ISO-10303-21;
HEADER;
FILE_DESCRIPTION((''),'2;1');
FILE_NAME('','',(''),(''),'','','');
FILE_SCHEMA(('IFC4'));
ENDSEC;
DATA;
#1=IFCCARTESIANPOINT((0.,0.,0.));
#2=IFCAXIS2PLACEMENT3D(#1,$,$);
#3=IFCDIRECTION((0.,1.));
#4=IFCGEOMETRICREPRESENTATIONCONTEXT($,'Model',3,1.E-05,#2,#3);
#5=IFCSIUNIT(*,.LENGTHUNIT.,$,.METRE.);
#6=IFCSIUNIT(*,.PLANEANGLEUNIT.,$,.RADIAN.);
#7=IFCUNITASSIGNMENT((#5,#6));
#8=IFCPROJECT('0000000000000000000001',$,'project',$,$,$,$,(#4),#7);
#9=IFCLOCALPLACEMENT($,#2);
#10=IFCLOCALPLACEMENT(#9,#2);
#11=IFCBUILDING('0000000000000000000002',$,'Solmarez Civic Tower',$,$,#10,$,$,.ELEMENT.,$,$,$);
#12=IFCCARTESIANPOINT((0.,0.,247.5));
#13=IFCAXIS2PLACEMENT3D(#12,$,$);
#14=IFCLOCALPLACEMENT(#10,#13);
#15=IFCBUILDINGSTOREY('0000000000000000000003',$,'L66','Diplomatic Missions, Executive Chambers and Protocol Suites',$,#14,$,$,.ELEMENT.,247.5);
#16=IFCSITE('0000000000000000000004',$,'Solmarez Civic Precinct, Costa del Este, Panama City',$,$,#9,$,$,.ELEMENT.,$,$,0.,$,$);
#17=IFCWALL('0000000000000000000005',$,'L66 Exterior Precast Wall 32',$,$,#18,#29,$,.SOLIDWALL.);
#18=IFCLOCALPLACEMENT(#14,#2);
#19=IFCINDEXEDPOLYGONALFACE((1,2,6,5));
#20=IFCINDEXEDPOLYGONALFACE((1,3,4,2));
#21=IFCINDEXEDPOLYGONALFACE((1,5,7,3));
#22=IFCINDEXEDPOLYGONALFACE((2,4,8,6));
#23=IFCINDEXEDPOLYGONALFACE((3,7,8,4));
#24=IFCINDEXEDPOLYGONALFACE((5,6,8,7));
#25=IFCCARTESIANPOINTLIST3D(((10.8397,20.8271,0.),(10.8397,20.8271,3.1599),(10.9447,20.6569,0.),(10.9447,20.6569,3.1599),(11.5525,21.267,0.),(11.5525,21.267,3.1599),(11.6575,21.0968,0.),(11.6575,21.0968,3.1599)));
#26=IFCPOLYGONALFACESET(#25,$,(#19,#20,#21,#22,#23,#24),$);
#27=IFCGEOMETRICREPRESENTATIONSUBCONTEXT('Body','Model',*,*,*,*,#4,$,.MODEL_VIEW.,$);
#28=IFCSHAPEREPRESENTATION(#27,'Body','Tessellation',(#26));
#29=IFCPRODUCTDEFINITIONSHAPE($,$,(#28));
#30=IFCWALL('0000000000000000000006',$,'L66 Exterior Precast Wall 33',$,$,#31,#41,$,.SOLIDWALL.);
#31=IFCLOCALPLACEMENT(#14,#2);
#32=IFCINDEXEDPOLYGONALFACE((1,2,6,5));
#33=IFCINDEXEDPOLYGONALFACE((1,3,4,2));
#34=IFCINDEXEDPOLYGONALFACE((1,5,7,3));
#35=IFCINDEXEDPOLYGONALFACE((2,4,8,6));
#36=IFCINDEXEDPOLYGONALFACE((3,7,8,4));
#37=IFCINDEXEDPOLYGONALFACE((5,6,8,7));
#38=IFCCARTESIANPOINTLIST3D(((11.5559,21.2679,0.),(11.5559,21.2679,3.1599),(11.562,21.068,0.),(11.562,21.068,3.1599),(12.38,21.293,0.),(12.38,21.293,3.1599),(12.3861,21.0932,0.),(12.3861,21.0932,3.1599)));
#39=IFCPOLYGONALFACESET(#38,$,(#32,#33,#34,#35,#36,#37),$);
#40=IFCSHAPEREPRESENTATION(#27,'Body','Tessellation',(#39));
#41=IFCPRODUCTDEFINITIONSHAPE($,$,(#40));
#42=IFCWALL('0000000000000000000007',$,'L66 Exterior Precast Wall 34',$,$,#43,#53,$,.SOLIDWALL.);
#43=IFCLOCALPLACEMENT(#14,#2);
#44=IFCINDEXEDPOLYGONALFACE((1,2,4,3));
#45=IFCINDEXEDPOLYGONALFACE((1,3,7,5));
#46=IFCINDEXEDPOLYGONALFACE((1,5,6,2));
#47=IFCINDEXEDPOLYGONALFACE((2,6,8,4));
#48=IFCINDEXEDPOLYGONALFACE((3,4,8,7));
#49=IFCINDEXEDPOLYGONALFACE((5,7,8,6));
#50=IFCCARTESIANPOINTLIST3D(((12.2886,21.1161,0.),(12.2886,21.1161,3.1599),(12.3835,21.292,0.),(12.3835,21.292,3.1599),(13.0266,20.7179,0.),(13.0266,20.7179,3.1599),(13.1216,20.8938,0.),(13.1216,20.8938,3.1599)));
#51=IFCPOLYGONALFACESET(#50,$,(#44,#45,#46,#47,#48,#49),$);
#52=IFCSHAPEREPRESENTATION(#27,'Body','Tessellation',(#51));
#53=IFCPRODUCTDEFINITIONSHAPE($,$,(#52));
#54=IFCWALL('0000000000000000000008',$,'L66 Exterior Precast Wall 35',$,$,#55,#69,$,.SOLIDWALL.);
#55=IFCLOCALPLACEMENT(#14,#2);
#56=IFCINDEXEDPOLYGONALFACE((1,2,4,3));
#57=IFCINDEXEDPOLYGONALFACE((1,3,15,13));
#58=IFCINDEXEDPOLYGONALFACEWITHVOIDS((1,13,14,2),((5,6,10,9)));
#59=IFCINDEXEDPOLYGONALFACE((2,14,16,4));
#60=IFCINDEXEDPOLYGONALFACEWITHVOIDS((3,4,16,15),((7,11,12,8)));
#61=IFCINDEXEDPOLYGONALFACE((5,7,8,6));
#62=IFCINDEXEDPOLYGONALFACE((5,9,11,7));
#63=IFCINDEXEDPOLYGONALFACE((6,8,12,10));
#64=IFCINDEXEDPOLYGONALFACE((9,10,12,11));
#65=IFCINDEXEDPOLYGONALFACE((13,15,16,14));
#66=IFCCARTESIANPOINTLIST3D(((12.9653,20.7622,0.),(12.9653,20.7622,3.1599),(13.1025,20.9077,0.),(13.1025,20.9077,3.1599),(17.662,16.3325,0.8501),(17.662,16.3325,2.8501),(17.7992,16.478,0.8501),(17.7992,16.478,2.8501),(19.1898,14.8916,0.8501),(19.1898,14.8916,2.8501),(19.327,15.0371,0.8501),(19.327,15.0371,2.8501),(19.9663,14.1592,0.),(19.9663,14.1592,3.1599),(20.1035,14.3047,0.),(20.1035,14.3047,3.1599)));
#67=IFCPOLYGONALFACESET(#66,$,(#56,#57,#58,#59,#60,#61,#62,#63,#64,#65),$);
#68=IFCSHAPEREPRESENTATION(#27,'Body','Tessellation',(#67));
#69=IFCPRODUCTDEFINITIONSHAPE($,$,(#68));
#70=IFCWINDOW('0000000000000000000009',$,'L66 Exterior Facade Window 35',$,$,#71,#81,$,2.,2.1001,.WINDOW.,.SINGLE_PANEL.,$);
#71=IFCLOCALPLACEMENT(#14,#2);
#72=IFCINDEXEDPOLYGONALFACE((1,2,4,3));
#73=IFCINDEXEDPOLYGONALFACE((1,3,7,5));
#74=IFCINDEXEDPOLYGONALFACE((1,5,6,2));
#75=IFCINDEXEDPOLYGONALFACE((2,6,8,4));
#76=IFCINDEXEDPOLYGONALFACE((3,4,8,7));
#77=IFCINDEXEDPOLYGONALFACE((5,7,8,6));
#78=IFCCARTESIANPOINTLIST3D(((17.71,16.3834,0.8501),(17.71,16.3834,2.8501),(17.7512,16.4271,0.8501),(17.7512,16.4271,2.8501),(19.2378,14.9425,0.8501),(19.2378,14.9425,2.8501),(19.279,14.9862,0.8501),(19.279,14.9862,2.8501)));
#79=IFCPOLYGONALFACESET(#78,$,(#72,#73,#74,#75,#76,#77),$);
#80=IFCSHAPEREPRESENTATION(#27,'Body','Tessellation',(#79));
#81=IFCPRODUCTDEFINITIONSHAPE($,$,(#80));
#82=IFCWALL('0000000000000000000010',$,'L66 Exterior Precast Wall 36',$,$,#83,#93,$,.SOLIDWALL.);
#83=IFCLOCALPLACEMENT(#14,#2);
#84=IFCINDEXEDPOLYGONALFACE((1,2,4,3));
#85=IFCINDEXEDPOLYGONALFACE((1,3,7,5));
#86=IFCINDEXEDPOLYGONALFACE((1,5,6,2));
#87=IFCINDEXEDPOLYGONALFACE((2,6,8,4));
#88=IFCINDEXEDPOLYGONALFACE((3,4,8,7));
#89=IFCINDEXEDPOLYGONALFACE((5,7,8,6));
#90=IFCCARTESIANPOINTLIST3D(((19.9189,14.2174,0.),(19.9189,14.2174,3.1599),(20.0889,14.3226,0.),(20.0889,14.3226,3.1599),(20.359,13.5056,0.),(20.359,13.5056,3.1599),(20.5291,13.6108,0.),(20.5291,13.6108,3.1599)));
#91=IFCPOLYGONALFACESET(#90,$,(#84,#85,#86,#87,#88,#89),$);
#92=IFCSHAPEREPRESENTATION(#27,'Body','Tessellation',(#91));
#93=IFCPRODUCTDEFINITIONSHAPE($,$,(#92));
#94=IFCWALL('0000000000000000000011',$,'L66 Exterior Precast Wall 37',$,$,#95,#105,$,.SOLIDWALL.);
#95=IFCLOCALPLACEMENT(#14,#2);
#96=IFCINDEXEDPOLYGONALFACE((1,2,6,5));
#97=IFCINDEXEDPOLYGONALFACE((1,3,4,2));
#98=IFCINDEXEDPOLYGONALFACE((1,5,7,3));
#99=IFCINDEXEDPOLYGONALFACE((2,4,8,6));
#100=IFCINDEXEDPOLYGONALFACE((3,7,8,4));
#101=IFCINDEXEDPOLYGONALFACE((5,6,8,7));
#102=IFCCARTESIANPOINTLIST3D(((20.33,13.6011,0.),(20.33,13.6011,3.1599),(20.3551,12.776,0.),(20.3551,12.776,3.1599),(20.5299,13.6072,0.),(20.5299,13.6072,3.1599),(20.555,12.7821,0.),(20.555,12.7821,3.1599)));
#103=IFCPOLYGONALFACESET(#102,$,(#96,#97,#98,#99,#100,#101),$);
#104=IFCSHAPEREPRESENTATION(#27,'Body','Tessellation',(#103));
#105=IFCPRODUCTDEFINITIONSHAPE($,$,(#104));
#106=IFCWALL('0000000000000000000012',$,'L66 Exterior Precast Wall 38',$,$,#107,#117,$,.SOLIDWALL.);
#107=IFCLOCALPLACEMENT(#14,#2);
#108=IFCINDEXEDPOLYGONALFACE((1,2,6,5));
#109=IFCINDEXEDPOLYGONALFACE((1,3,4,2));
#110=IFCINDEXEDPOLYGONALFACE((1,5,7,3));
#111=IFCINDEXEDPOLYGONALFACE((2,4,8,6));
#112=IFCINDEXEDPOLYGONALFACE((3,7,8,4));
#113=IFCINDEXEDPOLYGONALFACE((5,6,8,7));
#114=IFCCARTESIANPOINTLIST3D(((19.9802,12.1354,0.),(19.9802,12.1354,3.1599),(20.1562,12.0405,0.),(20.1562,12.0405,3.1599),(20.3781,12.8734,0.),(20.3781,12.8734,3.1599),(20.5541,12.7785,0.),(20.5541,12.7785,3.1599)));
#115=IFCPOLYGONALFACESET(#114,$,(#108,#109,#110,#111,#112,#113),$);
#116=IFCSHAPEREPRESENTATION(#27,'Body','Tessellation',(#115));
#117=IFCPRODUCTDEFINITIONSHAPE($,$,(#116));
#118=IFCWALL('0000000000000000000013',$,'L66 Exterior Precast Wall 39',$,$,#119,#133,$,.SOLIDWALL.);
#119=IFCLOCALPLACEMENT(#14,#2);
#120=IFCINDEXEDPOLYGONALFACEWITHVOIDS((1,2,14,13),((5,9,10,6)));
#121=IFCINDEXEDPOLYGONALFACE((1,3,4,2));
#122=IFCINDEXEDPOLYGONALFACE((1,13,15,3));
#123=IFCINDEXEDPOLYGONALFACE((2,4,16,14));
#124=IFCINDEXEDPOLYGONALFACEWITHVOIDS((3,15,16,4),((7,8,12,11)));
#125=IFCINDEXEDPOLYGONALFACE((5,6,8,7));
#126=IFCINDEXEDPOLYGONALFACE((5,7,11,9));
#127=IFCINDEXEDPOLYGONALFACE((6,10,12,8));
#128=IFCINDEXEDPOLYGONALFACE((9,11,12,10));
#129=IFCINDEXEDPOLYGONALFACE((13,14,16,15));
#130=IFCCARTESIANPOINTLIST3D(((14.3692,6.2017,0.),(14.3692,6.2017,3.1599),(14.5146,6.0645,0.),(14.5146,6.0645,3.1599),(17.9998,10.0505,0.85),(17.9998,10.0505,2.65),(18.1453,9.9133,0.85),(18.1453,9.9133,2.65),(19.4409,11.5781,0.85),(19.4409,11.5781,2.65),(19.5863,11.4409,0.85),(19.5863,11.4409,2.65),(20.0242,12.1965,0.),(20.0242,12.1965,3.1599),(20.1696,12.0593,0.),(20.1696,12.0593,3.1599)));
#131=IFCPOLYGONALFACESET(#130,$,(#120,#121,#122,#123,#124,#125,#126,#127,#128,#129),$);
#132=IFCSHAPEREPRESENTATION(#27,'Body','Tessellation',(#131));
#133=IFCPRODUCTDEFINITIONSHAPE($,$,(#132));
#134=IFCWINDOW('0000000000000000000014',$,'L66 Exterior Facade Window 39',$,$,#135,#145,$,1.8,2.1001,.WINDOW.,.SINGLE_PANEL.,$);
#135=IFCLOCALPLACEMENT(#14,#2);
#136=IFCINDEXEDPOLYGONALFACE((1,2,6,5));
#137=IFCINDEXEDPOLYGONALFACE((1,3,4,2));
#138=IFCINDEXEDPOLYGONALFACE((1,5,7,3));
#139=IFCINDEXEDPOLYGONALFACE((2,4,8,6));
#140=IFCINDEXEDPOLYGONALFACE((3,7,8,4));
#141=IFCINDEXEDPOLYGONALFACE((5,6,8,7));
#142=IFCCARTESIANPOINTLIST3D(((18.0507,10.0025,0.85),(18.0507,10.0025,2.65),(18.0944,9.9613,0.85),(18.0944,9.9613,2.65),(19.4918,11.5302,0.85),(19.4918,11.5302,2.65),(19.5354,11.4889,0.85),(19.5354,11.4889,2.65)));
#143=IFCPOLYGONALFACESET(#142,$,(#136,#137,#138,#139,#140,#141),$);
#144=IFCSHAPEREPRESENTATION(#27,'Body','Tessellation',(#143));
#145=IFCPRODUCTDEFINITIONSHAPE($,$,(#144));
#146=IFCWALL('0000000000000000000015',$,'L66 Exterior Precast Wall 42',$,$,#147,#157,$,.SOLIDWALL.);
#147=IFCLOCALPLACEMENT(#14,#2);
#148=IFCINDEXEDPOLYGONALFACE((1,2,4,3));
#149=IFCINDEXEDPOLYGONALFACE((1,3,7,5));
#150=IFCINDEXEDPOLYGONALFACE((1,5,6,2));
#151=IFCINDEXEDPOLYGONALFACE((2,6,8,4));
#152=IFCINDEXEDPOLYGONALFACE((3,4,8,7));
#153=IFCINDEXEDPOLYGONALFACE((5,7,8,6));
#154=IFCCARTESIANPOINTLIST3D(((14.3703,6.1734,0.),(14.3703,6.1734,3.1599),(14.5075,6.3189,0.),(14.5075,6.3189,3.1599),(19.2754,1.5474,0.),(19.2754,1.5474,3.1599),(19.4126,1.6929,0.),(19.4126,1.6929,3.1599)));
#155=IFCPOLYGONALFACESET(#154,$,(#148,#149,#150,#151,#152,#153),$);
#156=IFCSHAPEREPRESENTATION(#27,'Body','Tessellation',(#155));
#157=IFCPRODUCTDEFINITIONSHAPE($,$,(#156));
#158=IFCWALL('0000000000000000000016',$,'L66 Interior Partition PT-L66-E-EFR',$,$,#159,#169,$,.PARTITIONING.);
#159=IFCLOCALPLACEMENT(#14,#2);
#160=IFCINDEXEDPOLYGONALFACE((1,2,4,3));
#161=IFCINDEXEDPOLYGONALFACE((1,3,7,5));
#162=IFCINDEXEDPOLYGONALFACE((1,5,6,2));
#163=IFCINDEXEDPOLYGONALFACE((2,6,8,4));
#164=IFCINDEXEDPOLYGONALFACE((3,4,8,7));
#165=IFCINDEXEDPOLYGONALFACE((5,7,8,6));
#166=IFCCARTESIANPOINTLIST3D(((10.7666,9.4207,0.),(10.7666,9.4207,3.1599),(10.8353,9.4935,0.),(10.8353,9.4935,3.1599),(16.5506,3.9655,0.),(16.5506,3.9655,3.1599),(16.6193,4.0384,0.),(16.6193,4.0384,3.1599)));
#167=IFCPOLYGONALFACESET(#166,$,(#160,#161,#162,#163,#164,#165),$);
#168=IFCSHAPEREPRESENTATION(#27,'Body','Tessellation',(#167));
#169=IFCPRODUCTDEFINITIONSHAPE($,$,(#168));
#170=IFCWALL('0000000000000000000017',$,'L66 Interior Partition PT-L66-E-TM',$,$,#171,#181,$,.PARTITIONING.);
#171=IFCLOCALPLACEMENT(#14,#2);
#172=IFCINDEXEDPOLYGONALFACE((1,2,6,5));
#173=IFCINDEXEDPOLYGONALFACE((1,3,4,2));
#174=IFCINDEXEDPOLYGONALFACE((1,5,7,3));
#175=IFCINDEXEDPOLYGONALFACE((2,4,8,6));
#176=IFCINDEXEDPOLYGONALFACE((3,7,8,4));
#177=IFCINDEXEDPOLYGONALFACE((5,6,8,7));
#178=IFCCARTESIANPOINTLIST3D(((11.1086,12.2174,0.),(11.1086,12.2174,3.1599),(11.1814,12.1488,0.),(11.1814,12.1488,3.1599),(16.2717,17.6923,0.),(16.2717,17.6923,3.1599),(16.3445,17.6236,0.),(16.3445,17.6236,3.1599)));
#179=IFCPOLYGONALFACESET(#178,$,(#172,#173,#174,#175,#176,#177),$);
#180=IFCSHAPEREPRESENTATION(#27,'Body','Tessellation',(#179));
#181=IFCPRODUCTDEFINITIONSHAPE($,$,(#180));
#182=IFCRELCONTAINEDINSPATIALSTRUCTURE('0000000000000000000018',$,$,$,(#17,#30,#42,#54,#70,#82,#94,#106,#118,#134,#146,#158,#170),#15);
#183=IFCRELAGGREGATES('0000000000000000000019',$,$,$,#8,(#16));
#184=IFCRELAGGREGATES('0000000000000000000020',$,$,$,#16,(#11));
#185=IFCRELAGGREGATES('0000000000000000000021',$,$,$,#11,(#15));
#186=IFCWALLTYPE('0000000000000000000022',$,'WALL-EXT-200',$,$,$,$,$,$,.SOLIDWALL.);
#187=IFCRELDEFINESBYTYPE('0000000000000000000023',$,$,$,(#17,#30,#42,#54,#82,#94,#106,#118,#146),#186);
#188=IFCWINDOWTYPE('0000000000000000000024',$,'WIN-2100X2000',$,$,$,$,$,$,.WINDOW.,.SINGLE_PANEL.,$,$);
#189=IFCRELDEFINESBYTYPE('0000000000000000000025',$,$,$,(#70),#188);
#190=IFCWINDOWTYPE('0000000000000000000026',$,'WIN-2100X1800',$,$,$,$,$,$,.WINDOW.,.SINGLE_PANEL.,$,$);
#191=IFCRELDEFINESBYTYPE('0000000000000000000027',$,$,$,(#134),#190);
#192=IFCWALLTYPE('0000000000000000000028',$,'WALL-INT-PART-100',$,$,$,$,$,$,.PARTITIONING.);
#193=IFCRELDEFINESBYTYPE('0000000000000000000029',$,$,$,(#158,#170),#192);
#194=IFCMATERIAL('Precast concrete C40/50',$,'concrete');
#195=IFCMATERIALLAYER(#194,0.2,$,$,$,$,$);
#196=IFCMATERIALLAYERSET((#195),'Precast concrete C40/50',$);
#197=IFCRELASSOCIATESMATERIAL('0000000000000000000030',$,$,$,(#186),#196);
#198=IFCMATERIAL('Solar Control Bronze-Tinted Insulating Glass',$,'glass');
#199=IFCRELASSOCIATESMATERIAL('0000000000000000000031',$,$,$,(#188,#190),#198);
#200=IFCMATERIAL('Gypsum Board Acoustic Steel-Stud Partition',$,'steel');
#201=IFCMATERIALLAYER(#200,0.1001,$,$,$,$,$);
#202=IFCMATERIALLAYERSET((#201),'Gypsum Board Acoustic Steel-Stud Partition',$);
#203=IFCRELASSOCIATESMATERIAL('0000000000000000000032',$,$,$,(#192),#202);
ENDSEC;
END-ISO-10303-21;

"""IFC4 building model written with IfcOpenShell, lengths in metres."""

from ifc_helpers import new_model, si_unit, direction, frame, frame_2d, origin, place, context, subcontext, project, spatial, rectangle, extrude, material, layer, layer_set, type_object, element, fill, save


model = new_model("IFC4")

# Units and contexts
model_context = context("Model", 3, precision=1e-05, world=origin(), true_north=direction((0.0, 1.0)))
body_context = subcontext(model_context, "Body", "Model", "MODEL_VIEW")
ifc_project = project(units=[si_unit("LENGTHUNIT", "METRE"), si_unit("PLANEANGLEUNIT", "RADIAN")], contexts=[model_context])

# Site, building, storey
site_placement = place(None, origin())
site = spatial("IfcSite", under=ifc_project, at=site_placement, Name="Solmarez Civic Precinct, Costa del Este, Panama City", CompositionType="ELEMENT", RefElevation=0.0)
building_placement = place(site_placement, origin())
building = spatial("IfcBuilding", under=site, at=building_placement, Name="Solmarez Civic Tower", CompositionType="ELEMENT")
storey_placement = place(building_placement, frame((0.0, 0.0, 247.5)))
storey = spatial("IfcBuildingStorey", under=building, at=storey_placement, Name="L66", Description="Diplomatic Missions, Executive Chambers and Protocol Suites", CompositionType="ELEMENT", Elevation=247.5)

# Walls
ifc_material_1 = material(Name="Precast concrete C40/50", Category="concrete")
ifc_layer_1 = layer(ifc_material_1, 0.2)
ifc_layer_set_1 = layer_set([ifc_layer_1], Name="Precast concrete C40/50")
wall_type_1 = type_object("IfcWallType", Name="WALL-EXT-200", PredefinedType="SOLIDWALL", material=ifc_layer_set_1)
wall_1_placement = place(storey_placement, frame((10.8921, 20.7419, 0.0), z_axis=(0.0, 0.0, 1.0), x_axis=(0.850997, 0.52517, 0.0)))
element("IfcWall", 1, at=wall_1_placement, inside=storey, type_object=wall_type_1, Name="L66 Exterior Precast Wall 32", PredefinedType="SOLIDWALL", context=body_context, shape_type="SweptSolid", body=[
    extrude(rectangle(XDim=0.8376, YDim=0.2, at=frame_2d((0.4189, 0.0))), origin(), (0.0, 0.0, 1.0), 3.1599),
])
wall_2_placement = place(storey_placement, frame((11.5591, 21.168, 0.0), z_axis=(0.0, 0.0, 1.0), x_axis=(0.999535, 0.030504, 0.0)))
element("IfcWall", 2, at=wall_2_placement, inside=storey, type_object=wall_type_1, Name="L66 Exterior Precast Wall 33", PredefinedType="SOLIDWALL", context=body_context, shape_type="SweptSolid", body=[
    extrude(rectangle(XDim=0.8245, YDim=0.2, at=frame_2d((0.4121, 0.0))), origin(), (0.0, 0.0, 1.0), 3.1599),
])
wall_3_placement = place(storey_placement, frame((12.3359, 21.2041, 0.0), z_axis=(0.0, 0.0, 1.0), x_axis=(0.880078, -0.474829, 0.0)))
element("IfcWall", 3, at=wall_3_placement, inside=storey, type_object=wall_type_1, Name="L66 Exterior Precast Wall 34", PredefinedType="SOLIDWALL", context=body_context, shape_type="SweptSolid", body=[
    extrude(rectangle(XDim=0.8386, YDim=0.2, at=frame_2d((0.4194, 0.0))), origin(), (0.0, 0.0, 1.0), 3.1599),
])

# Wall, opening, window
wall_4_placement = place(storey_placement, frame((13.0339, 20.835, 0.0), z_axis=(0.0, 0.0, 1.0), x_axis=(0.72748, -0.686129, 0.0)))
wall_4 = element("IfcWall", 4, at=wall_4_placement, inside=storey, type_object=wall_type_1, Name="L66 Exterior Precast Wall 35", PredefinedType="SOLIDWALL", context=body_context, shape_type="SweptSolid", body=[
    extrude(rectangle(XDim=9.6235, YDim=0.2, at=frame_2d((4.8118, 0.0))), origin(), (0.0, 0.0, 1.0), 3.1599),
])
opening_1_placement = place(wall_4_placement, frame((6.4561, 0.0, 0.8501)))
opening_1 = element("IfcOpeningElement", 5, at=opening_1_placement, cuts=wall_4, PredefinedType="OPENING", context=body_context, shape_type="SweptSolid", body=[
    extrude(rectangle(XDim=2.1001, YDim=2.0, at=frame_2d((1.05, 1.0))), frame((0.0, 0.1099, 0.0), z_axis=(0.0, -1.0, 0.0), x_axis=(1.0, 0.0, 0.0)), (0.0, 0.0, 1.0), 0.22),
])
ifc_material_2 = material(Name="Solar Control Bronze-Tinted Insulating Glass", Category="glass")
window_type_1 = type_object("IfcWindowType", Name="WIN-2100X2000", PartitioningType="SINGLE_PANEL", PredefinedType="WINDOW", material=ifc_material_2)
window_1_placement = place(opening_1_placement, origin())
window_1 = element("IfcWindow", 6, at=window_1_placement, inside=storey, type_object=window_type_1, Name="L66 Exterior Facade Window 35", OverallHeight=2.0, OverallWidth=2.1001, PartitioningType="SINGLE_PANEL", PredefinedType="WINDOW", context=body_context, shape_type="SweptSolid", body=[
    extrude(rectangle(XDim=2.1001, YDim=2.0, at=frame_2d((1.05, 1.0))), frame((0.0, 0.03, 0.0), z_axis=(0.0, -1.0, 0.0), x_axis=(1.0, 0.0, 0.0)), (0.0, 0.0, 1.0), 0.0601),
])
fill(opening_1, window_1)

# Walls
wall_5_placement = place(storey_placement, frame((20.0039, 14.27, 0.0), z_axis=(0.0, 0.0, 1.0), x_axis=(0.525903, -0.850545, 0.0)))
element("IfcWall", 7, at=wall_5_placement, inside=storey, type_object=wall_type_1, Name="L66 Exterior Precast Wall 36", PredefinedType="SOLIDWALL", context=body_context, shape_type="SweptSolid", body=[
    extrude(rectangle(XDim=0.8369, YDim=0.2, at=frame_2d((0.4185, 0.0))), origin(), (0.0, 0.0, 1.0), 3.1599),
])
wall_6_placement = place(storey_placement, frame((20.4299, 13.604, 0.0), z_axis=(0.0, 0.0, 1.0), x_axis=(0.030468, -0.999536, 0.0)))
element("IfcWall", 8, at=wall_6_placement, inside=storey, type_object=wall_type_1, Name="L66 Exterior Precast Wall 37", PredefinedType="SOLIDWALL", context=body_context, shape_type="SweptSolid", body=[
    extrude(rectangle(XDim=0.8254, YDim=0.2, at=frame_2d((0.4126, 0.0))), origin(), (0.0, 0.0, 1.0), 3.1599),
])
wall_7_placement = place(storey_placement, frame((20.4661, 12.8259, 0.0), z_axis=(0.0, 0.0, 1.0), x_axis=(-0.474603, -0.8802, 0.0)))
element("IfcWall", 9, at=wall_7_placement, inside=storey, type_object=wall_type_1, Name="L66 Exterior Precast Wall 38", PredefinedType="SOLIDWALL", context=body_context, shape_type="SweptSolid", body=[
    extrude(rectangle(XDim=0.8384, YDim=0.2, at=frame_2d((0.4192, 0.0))), origin(), (0.0, 0.0, 1.0), 3.1599),
])

# Wall, opening, window
wall_8_placement = place(storey_placement, frame((20.0969, 12.1279, 0.0), z_axis=(0.0, 0.0, 1.0), x_axis=(-0.686188, -0.727425, 0.0)))
wall_8 = element("IfcWall", 10, at=wall_8_placement, inside=storey, type_object=wall_type_1, Name="L66 Exterior Precast Wall 39", PredefinedType="SOLIDWALL", context=body_context, shape_type="SweptSolid", body=[
    extrude(rectangle(XDim=8.2412, YDim=0.2, at=frame_2d((4.1206, 0.0))), origin(), (0.0, 0.0, 1.0), 3.1599),
])
opening_2_placement = place(wall_8_placement, frame((0.8501, 0.0, 0.8501)))
opening_2 = element("IfcOpeningElement", 11, at=opening_2_placement, cuts=wall_8, PredefinedType="OPENING", context=body_context, shape_type="SweptSolid", body=[
    extrude(rectangle(XDim=2.1001, YDim=1.8, at=frame_2d((1.05, 0.8999))), frame((0.0, 0.1099, 0.0), z_axis=(0.0, -1.0, 0.0), x_axis=(1.0, 0.0, 0.0)), (0.0, 0.0, 1.0), 0.22),
])
window_type_2 = type_object("IfcWindowType", Name="WIN-2100X1800", PartitioningType="SINGLE_PANEL", PredefinedType="WINDOW", material=ifc_material_2)
window_2_placement = place(opening_2_placement, origin())
window_2 = element("IfcWindow", 12, at=window_2_placement, inside=storey, type_object=window_type_2, Name="L66 Exterior Facade Window 39", OverallHeight=1.8, OverallWidth=2.1001, PartitioningType="SINGLE_PANEL", PredefinedType="WINDOW", context=body_context, shape_type="SweptSolid", body=[
    extrude(rectangle(XDim=2.1001, YDim=1.8, at=frame_2d((1.05, 0.8999))), frame((0.0, 0.03, 0.0), z_axis=(0.0, -1.0, 0.0), x_axis=(1.0, 0.0, 0.0)), (0.0, 0.0, 1.0), 0.0601),
])
fill(opening_2, window_2)

# Walls
wall_9_placement = place(storey_placement, frame((14.439, 6.2461, 0.0), z_axis=(0.0, 0.0, 1.0), x_axis=(0.727498, -0.68611, 0.0)))
element("IfcWall", 13, at=wall_9_placement, inside=storey, type_object=wall_type_1, Name="L66 Exterior Precast Wall 42", PredefinedType="SOLIDWALL", context=body_context, shape_type="SweptSolid", body=[
    extrude(rectangle(XDim=6.7424, YDim=0.2, at=frame_2d((3.3711, 0.0))), origin(), (0.0, 0.0, 1.0), 3.1599),
])
ifc_material_3 = material(Name="Gypsum Board Acoustic Steel-Stud Partition", Category="steel")
ifc_layer_2 = layer(ifc_material_3, 0.1001)
ifc_layer_set_2 = layer_set([ifc_layer_2], Name="Gypsum Board Acoustic Steel-Stud Partition")
wall_type_2 = type_object("IfcWallType", Name="WALL-INT-PART-100", PredefinedType="PARTITIONING", material=ifc_layer_set_2)
wall_10_placement = place(storey_placement, frame((16.585, 4.002, 0.0), z_axis=(0.0, 0.0, 1.0), x_axis=(-0.727486, 0.686123, 0.0)))
element("IfcWall", 14, at=wall_10_placement, inside=storey, type_object=wall_type_2, Name="L66 Interior Partition PT-L66-E-EFR", PredefinedType="PARTITIONING", context=body_context, shape_type="SweptSolid", body=[
    extrude(rectangle(XDim=7.9507, YDim=0.1001, at=frame_2d((3.9753, 0.0))), origin(), (0.0, 0.0, 1.0), 3.1599),
])

# Wall
wall_11_placement = place(storey_placement, frame((11.145, 12.1831, 0.0), z_axis=(0.0, 0.0, 1.0), x_axis=(0.686089, 0.727518, 0.0)))
element("IfcWall", 15, at=wall_11_placement, inside=storey, type_object=wall_type_2, Name="L66 Interior Partition PT-L66-E-TM", PredefinedType="PARTITIONING", context=body_context, shape_type="SweptSolid", body=[
    extrude(rectangle(XDim=7.5254, YDim=0.1001, at=frame_2d((3.7627, 0.0))), origin(), (0.0, 0.0, 1.0), 3.1599),
])

save(model, "model.ifc")
